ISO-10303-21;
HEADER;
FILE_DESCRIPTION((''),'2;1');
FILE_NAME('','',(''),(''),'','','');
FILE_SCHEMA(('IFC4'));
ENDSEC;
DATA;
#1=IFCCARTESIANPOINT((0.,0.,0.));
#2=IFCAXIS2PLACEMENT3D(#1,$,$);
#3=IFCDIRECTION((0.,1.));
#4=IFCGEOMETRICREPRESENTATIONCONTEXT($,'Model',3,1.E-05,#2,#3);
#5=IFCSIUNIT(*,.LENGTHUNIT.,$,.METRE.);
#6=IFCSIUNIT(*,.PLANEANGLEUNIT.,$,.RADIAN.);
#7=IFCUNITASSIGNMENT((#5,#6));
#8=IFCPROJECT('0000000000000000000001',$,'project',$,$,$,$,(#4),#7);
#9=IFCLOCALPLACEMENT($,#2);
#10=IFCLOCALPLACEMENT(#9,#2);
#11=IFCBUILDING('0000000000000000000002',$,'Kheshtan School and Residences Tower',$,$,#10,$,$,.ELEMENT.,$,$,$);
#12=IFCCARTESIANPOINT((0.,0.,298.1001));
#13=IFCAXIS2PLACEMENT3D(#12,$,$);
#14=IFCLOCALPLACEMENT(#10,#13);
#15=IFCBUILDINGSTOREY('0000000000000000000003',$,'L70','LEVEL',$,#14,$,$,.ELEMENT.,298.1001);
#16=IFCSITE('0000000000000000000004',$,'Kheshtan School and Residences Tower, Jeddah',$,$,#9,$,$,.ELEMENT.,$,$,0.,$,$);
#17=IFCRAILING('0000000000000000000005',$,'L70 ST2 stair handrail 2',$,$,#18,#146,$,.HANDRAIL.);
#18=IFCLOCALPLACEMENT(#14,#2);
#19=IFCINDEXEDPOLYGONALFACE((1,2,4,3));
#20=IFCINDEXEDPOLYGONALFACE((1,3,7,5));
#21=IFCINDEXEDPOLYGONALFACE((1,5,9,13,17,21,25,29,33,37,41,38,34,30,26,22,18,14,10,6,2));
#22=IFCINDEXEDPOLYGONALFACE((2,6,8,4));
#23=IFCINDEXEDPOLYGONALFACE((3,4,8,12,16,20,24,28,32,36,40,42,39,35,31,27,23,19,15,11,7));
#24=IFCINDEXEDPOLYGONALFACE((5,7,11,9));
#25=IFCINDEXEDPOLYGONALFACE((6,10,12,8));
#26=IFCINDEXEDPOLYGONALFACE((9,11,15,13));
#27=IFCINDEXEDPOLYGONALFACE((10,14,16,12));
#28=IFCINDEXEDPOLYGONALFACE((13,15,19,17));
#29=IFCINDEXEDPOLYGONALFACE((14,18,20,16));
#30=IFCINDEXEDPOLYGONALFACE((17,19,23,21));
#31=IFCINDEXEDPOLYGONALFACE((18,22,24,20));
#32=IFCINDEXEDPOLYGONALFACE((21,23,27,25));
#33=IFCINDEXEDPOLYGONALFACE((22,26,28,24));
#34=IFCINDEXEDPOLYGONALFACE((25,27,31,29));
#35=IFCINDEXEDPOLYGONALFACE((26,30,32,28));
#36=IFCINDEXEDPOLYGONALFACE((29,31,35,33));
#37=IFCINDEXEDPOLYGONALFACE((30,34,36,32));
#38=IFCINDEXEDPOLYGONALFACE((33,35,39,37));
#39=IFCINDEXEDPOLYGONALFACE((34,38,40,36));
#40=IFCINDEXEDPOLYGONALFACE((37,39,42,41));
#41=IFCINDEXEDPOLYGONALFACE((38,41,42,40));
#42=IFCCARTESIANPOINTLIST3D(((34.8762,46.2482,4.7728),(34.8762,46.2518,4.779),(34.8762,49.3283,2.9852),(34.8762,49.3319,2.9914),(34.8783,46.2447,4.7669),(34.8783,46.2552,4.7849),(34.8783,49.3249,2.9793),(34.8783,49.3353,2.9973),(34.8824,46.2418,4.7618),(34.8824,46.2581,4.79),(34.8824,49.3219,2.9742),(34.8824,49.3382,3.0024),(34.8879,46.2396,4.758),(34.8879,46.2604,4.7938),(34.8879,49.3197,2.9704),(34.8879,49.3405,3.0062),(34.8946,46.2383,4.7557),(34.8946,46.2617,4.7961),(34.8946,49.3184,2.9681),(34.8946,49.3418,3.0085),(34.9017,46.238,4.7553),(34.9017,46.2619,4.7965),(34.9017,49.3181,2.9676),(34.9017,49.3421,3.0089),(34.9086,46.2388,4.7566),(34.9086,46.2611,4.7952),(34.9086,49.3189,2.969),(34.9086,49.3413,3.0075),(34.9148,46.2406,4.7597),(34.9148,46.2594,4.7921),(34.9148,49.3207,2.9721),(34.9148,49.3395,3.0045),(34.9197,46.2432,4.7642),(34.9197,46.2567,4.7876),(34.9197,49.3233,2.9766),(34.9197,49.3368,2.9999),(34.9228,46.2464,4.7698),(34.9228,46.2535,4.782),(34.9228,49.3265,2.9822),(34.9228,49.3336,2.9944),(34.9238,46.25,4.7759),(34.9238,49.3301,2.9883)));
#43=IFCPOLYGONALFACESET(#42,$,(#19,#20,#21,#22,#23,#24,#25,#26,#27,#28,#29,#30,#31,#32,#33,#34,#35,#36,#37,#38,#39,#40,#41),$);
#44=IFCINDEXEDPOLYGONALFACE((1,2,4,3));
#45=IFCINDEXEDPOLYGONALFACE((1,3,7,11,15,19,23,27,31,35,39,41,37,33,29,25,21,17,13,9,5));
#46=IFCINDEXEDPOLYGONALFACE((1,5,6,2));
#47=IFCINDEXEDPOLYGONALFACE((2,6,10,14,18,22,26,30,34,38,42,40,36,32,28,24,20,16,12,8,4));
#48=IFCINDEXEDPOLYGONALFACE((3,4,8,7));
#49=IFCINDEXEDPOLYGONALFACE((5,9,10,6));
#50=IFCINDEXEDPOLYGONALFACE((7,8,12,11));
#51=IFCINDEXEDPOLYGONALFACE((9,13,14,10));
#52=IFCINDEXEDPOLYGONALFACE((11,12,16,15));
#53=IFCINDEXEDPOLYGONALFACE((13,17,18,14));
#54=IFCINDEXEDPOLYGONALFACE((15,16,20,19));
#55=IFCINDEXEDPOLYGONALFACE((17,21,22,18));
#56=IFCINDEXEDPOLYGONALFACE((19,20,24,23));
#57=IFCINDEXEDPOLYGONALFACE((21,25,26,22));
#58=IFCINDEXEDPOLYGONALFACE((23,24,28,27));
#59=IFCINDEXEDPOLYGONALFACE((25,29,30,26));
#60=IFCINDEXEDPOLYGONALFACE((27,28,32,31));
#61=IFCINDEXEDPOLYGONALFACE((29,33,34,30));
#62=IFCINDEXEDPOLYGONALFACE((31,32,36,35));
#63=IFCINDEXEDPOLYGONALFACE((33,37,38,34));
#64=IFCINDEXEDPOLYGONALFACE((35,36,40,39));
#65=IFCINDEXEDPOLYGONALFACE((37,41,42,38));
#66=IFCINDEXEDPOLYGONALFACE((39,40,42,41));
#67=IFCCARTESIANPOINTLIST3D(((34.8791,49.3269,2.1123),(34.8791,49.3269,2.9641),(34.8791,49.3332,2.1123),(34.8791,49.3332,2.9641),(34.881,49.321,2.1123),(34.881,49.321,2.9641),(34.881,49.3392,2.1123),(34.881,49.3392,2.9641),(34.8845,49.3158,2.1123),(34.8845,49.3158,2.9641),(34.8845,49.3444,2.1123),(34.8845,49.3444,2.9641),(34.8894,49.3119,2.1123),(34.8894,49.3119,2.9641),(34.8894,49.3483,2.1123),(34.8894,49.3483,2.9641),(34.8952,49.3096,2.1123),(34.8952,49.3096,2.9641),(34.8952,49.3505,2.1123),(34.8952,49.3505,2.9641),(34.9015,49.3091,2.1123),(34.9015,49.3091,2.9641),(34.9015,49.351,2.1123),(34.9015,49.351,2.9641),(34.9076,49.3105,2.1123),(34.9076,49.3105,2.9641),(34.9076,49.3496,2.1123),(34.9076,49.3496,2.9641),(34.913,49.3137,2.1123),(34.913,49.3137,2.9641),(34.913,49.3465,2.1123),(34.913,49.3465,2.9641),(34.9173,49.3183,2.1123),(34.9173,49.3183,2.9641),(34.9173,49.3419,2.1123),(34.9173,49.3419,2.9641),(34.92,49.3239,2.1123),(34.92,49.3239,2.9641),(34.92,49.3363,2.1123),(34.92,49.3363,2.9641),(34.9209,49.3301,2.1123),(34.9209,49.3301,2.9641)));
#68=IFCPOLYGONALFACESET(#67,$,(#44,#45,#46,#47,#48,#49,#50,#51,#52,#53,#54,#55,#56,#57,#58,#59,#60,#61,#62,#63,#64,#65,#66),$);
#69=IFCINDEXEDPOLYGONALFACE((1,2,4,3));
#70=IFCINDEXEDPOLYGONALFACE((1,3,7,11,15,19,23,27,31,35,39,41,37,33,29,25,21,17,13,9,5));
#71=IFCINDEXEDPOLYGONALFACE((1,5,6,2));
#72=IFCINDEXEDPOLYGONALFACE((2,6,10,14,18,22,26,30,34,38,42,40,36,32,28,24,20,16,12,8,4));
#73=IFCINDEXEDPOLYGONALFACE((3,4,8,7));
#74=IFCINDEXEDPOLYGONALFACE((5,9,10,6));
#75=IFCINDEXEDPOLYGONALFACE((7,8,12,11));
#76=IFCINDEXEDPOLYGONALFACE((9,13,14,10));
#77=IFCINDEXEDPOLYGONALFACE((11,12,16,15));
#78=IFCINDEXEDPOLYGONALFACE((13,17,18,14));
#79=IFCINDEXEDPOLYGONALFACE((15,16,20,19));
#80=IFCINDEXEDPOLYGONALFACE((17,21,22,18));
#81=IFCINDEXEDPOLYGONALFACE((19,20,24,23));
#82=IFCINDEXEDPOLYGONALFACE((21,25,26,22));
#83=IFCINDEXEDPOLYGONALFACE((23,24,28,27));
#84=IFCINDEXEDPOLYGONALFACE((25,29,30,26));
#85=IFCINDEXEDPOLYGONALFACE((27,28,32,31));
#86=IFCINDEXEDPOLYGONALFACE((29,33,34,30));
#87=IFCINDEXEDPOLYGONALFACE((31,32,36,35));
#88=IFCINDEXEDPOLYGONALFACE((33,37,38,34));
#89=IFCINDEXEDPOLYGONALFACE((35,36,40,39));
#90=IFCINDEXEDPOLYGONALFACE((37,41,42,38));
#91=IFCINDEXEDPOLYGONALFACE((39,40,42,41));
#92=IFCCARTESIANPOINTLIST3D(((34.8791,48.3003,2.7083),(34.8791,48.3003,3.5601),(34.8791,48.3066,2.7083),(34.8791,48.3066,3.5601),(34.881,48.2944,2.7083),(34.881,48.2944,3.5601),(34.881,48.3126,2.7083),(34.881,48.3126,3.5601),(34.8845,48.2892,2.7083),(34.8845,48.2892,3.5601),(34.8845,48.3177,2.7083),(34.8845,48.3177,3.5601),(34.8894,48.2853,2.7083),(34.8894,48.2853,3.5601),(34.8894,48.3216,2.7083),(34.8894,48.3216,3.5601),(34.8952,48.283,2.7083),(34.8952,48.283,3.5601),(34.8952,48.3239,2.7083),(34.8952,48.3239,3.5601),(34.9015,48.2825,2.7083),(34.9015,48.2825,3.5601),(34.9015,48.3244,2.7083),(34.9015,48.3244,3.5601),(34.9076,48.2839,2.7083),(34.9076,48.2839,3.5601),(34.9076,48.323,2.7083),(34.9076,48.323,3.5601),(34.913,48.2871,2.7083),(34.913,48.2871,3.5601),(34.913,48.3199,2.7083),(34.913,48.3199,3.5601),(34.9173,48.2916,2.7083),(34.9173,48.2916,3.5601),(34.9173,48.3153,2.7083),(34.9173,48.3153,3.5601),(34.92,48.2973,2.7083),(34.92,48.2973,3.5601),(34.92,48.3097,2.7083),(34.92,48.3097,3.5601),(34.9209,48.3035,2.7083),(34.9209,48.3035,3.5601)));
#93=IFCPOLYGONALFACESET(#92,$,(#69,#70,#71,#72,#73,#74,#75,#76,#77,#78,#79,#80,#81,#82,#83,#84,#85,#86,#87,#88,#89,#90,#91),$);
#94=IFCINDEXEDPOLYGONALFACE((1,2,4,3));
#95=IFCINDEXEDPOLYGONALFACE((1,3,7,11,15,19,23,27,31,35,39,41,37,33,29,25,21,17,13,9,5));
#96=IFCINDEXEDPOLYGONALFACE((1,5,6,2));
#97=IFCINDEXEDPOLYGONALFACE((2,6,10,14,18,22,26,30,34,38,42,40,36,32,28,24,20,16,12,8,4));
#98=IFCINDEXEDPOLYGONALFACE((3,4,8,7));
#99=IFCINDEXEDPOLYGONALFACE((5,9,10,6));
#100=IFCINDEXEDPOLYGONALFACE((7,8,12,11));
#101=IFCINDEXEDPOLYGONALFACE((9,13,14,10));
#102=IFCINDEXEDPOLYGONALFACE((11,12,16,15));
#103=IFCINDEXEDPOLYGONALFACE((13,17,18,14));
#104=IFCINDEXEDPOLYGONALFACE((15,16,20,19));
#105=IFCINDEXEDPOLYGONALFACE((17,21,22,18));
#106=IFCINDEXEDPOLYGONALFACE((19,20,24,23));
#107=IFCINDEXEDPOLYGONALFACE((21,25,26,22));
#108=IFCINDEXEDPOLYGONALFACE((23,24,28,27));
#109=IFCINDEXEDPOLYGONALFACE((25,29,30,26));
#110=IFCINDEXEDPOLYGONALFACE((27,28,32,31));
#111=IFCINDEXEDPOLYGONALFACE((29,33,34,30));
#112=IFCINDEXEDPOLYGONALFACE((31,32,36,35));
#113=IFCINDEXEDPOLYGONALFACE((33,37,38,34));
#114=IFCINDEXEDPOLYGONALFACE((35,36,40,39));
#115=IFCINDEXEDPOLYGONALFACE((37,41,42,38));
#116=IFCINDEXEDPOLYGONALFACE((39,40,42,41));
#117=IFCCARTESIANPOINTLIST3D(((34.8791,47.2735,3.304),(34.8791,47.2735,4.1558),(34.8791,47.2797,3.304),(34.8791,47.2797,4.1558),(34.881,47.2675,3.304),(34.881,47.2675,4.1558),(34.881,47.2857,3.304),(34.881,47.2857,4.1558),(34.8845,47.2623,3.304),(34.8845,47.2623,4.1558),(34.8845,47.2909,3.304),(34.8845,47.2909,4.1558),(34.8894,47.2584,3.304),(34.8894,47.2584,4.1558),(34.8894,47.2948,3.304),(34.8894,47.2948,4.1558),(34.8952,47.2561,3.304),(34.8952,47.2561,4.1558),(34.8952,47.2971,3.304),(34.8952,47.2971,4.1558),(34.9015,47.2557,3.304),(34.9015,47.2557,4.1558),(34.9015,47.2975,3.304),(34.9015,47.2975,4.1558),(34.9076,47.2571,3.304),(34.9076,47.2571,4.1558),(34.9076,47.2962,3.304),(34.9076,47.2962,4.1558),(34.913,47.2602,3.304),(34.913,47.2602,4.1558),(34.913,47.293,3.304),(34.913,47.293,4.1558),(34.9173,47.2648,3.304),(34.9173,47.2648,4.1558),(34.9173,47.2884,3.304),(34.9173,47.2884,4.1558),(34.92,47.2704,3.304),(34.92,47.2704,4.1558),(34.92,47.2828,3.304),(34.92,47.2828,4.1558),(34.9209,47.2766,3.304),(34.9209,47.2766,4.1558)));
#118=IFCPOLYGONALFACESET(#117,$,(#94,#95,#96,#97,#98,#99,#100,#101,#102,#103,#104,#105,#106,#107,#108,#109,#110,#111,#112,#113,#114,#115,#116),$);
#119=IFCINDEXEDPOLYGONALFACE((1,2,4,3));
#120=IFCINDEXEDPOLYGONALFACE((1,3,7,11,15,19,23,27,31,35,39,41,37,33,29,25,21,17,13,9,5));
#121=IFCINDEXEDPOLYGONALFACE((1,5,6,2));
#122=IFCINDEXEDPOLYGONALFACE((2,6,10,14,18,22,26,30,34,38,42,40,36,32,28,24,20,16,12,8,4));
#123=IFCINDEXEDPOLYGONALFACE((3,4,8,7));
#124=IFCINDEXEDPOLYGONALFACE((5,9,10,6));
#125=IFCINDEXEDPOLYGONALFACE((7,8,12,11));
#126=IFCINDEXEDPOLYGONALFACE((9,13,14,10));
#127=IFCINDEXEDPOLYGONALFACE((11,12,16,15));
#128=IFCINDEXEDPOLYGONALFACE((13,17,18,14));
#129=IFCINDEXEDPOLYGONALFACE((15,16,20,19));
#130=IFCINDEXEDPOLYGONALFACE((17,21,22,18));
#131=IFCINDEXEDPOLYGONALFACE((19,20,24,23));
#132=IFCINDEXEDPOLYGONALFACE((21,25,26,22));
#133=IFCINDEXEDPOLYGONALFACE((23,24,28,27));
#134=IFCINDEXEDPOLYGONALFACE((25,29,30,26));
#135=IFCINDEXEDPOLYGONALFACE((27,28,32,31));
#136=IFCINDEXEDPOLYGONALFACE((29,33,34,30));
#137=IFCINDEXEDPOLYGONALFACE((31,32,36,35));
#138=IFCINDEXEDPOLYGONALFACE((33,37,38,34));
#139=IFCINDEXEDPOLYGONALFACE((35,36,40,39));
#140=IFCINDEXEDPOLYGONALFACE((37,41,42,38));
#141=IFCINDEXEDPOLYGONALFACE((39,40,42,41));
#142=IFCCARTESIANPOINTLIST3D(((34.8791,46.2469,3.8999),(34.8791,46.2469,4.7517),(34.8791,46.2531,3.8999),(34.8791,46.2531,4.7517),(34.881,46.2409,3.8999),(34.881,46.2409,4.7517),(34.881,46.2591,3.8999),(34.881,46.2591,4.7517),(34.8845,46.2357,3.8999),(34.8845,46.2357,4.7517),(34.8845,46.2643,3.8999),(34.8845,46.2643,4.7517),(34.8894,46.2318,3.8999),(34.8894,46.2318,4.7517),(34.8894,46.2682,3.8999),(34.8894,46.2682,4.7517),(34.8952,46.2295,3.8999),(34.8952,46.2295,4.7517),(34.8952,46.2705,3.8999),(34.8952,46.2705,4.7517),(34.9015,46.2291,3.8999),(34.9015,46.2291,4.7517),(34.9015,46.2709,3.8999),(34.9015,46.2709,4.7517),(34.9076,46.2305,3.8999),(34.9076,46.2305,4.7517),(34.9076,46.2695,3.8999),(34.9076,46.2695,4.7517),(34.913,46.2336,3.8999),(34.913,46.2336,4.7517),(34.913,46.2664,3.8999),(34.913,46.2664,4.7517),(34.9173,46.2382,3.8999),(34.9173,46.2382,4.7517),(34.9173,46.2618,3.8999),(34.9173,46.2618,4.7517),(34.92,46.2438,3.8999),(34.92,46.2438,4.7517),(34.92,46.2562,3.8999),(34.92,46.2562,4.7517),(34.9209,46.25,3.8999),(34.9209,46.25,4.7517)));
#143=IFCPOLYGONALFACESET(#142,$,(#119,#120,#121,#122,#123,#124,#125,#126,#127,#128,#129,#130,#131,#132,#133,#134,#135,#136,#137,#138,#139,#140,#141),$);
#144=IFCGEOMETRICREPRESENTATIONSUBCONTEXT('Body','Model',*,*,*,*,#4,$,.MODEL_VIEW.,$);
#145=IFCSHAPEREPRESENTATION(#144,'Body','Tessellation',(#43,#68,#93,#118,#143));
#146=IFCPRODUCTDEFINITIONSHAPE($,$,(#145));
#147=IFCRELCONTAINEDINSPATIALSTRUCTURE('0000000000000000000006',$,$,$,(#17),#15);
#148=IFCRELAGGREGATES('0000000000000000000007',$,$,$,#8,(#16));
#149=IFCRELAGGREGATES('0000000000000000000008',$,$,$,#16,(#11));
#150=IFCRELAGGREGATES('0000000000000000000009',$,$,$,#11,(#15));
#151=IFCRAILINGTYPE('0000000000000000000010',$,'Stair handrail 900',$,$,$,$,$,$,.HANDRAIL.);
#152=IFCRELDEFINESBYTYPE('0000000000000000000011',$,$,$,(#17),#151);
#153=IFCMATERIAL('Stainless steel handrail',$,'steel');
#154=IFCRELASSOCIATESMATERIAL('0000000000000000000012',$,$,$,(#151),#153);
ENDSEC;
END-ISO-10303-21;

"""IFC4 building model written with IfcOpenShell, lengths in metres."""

from ifc_helpers import new_model, si_unit, direction, frame, origin, origin_2d, place, context, subcontext, project, spatial, circle, extrude, material, type_object, element, save


model = new_model("IFC4")

# Units and contexts
model_context = context("Model", 3, precision=1e-05, world=origin(), true_north=direction((0.0, 1.0)))
body_context = subcontext(model_context, "Body", "Model", "MODEL_VIEW")
ifc_project = project(units=[si_unit("LENGTHUNIT", "METRE"), si_unit("PLANEANGLEUNIT", "RADIAN")], contexts=[model_context])

# Site, building, storey
site_placement = place(None, origin())
site = spatial("IfcSite", under=ifc_project, at=site_placement, Name="Kheshtan School and Residences Tower, Jeddah", CompositionType="ELEMENT", RefElevation=0.0)
building_placement = place(site_placement, origin())
building = spatial("IfcBuilding", under=site, at=building_placement, Name="Kheshtan School and Residences Tower", CompositionType="ELEMENT")
storey_placement = place(building_placement, frame((0.0, 0.0, 298.1001)))
storey = spatial("IfcBuildingStorey", under=building, at=storey_placement, Name="L70", Description="LEVEL", CompositionType="ELEMENT", Elevation=298.1001)

# Railing
ifc_material_1 = material(Name="Stainless steel handrail", Category="steel")
railing_type_1 = type_object("IfcRailingType", Name="Stair handrail 900", PredefinedType="HANDRAIL", material=ifc_material_1)
railing_1_placement = place(storey_placement, frame((34.8999, 49.3301, 2.1123)))
element("IfcRailing", 1, at=railing_1_placement, inside=storey, type_object=railing_type_1, Name="L70 ST2 stair handrail 2", PredefinedType="HANDRAIL", context=body_context, shape_type="SweptSolid", body=[
    extrude(circle(Radius=0.0239, at=origin_2d()), frame((0.0, 0.0, 0.876), z_axis=(0.0, -0.864891, 0.50196), x_axis=(1.0, 0.0, 0.0)), (0.0, 0.0, 1.0), 3.5613),
    extrude(circle(Radius=0.021, at=origin_2d()), origin(), (0.0, 0.0, 1.0), 0.8518),
    extrude(circle(Radius=0.021, at=origin_2d()), frame((0.0, -1.0266, 0.5959)), (0.0, 0.0, 1.0), 0.8518),
    extrude(circle(Radius=0.021, at=origin_2d()), frame((0.0, -2.0535, 1.1917)), (0.0, 0.0, 1.0), 0.8518),
    extrude(circle(Radius=0.021, at=origin_2d()), frame((0.0, -3.0801, 1.7876)), (0.0, 0.0, 1.0), 0.8518),
])

save(model, "model.ifc")
